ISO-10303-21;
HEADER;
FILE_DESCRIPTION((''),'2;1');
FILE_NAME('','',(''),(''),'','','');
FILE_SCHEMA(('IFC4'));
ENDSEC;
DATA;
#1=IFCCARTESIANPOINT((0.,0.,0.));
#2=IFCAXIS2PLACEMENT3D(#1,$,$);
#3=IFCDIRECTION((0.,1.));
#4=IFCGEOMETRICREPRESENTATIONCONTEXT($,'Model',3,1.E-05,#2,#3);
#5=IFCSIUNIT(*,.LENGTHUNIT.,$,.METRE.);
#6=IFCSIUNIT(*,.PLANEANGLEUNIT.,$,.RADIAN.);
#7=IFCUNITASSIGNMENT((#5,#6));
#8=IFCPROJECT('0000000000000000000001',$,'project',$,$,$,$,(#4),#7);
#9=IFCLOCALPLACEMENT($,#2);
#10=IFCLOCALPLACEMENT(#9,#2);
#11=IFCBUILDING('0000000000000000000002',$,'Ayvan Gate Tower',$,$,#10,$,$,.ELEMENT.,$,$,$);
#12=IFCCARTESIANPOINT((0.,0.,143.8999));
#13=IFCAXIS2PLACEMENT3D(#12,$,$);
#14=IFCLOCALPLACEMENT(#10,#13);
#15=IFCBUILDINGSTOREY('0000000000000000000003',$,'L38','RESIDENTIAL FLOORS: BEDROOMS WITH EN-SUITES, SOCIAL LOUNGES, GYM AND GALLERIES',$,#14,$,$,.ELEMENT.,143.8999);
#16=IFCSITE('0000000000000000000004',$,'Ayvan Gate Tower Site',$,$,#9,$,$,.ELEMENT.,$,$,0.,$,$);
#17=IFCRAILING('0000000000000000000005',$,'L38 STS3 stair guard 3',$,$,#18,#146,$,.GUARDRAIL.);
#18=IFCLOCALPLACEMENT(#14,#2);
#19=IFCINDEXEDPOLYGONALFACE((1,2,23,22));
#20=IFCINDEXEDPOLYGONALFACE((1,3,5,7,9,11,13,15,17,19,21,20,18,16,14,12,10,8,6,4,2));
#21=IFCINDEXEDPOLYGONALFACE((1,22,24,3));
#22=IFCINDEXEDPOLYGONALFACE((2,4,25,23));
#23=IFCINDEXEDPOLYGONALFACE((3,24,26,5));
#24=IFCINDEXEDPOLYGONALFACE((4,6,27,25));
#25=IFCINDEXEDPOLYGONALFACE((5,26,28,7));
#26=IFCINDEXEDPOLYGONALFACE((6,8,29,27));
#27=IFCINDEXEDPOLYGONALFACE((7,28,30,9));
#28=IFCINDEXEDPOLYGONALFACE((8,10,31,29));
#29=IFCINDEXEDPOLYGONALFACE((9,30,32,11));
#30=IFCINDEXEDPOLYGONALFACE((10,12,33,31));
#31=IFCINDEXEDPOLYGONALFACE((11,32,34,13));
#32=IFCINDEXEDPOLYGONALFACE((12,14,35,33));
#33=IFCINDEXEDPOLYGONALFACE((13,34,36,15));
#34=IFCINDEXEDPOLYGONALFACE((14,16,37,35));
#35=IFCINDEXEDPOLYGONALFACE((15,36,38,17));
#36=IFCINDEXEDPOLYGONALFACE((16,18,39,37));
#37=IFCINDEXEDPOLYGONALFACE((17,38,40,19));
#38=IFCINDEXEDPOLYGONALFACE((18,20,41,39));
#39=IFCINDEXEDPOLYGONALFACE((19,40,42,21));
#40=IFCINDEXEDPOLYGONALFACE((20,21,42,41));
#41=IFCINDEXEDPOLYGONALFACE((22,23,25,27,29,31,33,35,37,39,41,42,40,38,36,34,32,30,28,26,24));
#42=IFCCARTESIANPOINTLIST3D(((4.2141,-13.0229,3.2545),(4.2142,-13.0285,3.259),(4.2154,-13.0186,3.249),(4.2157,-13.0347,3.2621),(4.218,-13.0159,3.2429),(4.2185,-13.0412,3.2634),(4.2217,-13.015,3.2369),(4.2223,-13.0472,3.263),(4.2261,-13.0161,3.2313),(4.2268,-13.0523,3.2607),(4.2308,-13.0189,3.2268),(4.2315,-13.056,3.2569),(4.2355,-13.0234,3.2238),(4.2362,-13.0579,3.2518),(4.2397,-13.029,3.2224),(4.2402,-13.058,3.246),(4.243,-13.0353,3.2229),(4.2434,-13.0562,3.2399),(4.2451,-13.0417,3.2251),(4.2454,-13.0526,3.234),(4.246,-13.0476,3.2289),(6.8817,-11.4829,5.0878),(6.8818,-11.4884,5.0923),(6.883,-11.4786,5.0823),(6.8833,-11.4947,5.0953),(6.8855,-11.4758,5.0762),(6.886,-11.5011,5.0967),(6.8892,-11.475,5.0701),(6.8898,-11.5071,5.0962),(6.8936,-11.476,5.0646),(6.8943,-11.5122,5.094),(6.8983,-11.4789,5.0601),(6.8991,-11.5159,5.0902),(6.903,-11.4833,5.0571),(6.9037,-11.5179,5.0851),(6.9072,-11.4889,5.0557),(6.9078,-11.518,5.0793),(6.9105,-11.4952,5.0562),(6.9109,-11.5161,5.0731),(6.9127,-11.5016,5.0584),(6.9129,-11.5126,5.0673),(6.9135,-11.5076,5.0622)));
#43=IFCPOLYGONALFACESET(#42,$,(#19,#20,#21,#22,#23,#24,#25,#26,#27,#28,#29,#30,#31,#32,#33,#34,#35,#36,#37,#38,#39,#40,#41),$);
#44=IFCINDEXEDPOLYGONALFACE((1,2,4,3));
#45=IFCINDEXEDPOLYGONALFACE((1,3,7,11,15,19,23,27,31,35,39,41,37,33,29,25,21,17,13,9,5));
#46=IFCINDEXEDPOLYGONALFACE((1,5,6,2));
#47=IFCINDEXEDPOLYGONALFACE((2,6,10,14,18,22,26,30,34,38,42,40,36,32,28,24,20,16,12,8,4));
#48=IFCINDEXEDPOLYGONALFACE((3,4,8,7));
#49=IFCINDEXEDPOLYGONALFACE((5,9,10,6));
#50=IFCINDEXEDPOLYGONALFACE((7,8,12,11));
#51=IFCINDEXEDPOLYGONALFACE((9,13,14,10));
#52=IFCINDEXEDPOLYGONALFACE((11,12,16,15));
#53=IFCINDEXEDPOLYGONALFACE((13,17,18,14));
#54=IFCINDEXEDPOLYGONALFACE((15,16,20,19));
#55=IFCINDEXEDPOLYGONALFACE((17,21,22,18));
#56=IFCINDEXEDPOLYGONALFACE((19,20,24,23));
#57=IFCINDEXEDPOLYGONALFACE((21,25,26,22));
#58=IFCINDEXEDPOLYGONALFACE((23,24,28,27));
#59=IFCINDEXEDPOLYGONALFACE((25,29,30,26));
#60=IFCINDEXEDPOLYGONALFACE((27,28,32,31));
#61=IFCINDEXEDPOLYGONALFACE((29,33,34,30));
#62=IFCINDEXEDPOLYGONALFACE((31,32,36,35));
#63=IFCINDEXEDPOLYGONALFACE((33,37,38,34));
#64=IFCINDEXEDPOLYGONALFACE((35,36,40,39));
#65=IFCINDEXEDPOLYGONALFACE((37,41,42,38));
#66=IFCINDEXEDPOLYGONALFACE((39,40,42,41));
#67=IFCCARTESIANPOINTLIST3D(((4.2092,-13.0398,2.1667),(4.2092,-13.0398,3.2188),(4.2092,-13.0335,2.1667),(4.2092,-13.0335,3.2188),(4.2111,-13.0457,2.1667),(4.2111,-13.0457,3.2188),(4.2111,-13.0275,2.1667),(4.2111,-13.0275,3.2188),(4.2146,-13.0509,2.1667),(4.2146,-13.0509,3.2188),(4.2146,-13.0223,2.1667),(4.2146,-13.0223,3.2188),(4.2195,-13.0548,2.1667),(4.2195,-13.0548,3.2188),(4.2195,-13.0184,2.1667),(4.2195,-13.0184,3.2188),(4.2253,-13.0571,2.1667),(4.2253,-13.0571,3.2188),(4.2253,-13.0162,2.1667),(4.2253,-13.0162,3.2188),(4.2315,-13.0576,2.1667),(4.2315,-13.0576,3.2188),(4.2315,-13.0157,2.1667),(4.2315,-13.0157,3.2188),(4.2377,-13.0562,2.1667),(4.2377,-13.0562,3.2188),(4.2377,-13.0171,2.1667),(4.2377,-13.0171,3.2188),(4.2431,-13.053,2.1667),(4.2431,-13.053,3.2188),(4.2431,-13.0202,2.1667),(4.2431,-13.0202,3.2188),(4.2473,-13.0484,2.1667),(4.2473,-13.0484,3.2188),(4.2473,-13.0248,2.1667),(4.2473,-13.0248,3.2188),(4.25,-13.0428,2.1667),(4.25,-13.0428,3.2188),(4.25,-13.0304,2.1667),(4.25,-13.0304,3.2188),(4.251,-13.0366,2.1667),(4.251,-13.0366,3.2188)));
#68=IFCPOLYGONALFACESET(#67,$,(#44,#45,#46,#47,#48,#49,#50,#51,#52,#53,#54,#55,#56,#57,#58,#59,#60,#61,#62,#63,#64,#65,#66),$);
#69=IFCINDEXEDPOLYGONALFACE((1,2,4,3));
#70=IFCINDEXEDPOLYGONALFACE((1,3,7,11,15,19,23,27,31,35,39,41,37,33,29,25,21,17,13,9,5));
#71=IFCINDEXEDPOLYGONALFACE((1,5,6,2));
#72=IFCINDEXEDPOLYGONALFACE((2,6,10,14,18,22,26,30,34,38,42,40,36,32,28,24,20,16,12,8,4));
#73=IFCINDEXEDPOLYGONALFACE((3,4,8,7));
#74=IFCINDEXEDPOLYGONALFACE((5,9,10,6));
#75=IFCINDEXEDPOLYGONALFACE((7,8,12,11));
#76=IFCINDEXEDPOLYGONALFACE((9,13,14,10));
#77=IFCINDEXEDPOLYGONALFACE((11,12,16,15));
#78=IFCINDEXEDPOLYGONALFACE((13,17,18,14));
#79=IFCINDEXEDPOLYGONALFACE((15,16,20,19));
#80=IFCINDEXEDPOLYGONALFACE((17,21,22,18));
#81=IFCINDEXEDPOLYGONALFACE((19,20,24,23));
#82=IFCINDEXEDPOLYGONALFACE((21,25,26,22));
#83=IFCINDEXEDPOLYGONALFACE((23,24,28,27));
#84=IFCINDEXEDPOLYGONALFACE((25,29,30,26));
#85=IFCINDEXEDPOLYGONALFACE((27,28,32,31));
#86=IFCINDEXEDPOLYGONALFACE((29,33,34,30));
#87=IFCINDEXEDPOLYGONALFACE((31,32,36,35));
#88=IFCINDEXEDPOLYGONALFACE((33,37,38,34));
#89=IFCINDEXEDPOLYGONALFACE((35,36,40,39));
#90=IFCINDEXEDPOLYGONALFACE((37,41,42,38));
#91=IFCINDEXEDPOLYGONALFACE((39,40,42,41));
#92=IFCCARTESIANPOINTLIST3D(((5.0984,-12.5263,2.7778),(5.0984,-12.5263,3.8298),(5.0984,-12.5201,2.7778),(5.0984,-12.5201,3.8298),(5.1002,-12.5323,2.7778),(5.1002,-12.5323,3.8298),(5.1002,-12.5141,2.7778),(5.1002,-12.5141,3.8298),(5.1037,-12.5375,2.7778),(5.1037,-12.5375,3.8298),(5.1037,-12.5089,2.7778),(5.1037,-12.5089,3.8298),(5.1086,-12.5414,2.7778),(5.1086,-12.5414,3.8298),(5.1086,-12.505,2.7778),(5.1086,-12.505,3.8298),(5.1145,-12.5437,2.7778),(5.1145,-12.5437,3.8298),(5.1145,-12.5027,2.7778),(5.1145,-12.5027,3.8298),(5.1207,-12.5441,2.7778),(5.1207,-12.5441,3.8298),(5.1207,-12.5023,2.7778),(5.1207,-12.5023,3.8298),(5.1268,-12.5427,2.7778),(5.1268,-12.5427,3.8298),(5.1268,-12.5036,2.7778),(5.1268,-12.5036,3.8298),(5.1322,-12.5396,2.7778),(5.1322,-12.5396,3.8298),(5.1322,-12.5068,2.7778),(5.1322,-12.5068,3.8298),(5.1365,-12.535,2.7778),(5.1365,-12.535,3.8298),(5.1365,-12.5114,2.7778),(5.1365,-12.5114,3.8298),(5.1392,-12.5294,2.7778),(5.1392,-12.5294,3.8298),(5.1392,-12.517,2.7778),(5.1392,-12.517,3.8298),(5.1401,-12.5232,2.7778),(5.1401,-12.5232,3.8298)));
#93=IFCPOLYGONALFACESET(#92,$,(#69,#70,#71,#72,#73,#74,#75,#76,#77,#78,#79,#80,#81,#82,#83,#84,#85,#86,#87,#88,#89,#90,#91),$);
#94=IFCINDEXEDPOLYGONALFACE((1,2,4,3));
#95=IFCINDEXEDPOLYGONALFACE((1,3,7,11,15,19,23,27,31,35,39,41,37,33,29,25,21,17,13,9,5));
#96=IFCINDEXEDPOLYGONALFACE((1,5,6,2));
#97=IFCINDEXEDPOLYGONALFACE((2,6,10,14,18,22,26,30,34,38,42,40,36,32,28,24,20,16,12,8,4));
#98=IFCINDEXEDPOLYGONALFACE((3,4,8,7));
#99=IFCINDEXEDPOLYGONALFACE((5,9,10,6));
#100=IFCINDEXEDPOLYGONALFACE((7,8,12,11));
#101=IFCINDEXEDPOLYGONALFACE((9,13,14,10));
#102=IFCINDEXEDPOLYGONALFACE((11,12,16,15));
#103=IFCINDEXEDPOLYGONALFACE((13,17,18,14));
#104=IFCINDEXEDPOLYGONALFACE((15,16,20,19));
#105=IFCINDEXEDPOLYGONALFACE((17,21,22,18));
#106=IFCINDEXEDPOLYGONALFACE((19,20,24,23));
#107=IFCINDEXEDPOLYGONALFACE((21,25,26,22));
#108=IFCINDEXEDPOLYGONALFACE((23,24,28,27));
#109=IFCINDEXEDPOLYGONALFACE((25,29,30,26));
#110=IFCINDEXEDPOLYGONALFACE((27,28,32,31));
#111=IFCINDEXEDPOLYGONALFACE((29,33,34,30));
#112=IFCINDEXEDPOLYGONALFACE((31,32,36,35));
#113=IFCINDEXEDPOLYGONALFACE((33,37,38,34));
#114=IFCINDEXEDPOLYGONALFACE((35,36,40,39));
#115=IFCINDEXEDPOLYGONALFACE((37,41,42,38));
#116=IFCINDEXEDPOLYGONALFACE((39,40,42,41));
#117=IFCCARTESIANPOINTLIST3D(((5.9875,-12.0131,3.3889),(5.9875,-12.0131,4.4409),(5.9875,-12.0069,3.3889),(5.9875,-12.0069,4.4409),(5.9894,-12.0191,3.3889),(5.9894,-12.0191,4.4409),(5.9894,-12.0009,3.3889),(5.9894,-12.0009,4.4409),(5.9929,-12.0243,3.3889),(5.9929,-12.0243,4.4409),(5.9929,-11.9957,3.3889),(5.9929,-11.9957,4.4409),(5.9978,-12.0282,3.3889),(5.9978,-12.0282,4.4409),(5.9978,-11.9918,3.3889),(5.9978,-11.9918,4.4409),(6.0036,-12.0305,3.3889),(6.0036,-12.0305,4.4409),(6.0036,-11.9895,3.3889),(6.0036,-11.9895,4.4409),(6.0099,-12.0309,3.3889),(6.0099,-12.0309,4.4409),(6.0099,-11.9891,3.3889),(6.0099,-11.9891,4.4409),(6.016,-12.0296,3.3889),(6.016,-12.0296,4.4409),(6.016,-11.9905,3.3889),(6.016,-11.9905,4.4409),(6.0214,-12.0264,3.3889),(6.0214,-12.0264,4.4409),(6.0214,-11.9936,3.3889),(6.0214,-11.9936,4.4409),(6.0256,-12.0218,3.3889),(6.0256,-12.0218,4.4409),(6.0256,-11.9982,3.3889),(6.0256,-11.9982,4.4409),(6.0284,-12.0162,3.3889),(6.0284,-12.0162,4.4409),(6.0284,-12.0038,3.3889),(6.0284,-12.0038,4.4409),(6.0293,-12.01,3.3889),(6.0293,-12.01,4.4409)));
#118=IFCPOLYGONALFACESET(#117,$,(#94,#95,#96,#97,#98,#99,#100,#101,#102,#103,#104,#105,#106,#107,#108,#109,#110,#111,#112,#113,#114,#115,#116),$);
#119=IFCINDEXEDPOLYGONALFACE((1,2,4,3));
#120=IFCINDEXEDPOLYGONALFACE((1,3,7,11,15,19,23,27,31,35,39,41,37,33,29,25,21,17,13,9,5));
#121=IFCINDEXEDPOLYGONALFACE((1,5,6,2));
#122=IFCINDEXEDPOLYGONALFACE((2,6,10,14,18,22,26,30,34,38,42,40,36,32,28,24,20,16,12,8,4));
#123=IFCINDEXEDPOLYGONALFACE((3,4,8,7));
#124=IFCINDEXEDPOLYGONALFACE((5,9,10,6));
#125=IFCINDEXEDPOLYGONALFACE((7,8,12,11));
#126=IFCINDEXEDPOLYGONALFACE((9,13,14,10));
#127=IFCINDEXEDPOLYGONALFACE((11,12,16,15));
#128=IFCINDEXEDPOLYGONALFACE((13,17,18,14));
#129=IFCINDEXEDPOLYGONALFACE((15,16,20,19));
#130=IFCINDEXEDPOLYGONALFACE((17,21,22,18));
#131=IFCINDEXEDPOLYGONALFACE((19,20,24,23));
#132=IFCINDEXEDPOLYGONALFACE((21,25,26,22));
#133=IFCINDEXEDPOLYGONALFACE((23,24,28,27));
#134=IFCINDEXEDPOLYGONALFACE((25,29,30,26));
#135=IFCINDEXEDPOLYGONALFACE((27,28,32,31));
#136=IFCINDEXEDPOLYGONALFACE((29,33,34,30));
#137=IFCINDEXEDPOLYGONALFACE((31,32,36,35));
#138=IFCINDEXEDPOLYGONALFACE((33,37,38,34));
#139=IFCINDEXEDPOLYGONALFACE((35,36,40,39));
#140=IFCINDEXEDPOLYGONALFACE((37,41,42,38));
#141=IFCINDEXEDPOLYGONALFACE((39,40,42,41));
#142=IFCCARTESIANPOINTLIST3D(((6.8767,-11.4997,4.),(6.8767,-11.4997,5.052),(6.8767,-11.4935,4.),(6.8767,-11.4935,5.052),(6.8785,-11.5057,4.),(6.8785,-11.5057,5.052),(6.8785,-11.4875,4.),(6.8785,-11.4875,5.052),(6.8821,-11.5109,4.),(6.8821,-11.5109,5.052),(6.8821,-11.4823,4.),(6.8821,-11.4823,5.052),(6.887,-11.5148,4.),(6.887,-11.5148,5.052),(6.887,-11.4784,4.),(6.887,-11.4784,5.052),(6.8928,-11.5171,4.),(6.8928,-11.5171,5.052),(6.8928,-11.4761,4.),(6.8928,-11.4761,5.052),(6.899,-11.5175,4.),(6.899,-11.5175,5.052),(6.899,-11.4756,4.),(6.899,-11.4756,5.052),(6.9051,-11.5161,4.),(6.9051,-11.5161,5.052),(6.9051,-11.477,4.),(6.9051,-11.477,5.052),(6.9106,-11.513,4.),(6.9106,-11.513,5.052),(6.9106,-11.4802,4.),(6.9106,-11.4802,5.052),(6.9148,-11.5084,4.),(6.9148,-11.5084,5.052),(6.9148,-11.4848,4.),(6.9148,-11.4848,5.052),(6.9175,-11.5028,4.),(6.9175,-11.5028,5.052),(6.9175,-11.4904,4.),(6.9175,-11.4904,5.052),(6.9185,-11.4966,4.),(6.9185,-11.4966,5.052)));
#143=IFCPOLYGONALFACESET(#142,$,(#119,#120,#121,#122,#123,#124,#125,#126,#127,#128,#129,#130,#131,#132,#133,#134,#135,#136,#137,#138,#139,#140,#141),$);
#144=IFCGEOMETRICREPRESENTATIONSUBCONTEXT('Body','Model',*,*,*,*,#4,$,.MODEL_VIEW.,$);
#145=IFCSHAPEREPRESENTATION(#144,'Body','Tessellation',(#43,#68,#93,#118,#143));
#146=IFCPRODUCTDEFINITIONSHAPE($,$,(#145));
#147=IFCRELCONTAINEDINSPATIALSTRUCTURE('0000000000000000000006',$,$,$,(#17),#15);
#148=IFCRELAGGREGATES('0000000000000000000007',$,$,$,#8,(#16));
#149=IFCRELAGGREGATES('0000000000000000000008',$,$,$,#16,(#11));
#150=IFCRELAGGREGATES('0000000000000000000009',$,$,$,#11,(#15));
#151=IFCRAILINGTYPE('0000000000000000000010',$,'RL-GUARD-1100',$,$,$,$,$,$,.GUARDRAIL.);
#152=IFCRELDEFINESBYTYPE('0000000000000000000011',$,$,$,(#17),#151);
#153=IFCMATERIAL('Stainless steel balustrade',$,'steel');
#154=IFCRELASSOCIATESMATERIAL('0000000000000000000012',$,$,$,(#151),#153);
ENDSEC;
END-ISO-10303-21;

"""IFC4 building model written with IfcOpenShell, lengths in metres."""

from ifc_helpers import new_model, si_unit, direction, frame, origin, origin_2d, place, context, subcontext, project, spatial, circle, extrude, material, type_object, element, save


model = new_model("IFC4")

# Units and contexts
model_context = context("Model", 3, precision=1e-05, world=origin(), true_north=direction((0.0, 1.0)))
body_context = subcontext(model_context, "Body", "Model", "MODEL_VIEW")
ifc_project = project(units=[si_unit("LENGTHUNIT", "METRE"), si_unit("PLANEANGLEUNIT", "RADIAN")], contexts=[model_context])

# Site, building, storey
site_placement = place(None, origin())
site = spatial("IfcSite", under=ifc_project, at=site_placement, Name="Ayvan Gate Tower Site", CompositionType="ELEMENT", RefElevation=0.0)
building_placement = place(site_placement, origin())
building = spatial("IfcBuilding", under=site, at=building_placement, Name="Ayvan Gate Tower", CompositionType="ELEMENT")
storey_placement = place(building_placement, frame((0.0, 0.0, 143.8999)))
storey = spatial("IfcBuildingStorey", under=building, at=storey_placement, Name="L38", Description="RESIDENTIAL FLOORS: BEDROOMS WITH EN-SUITES, SOCIAL LOUNGES, GYM AND GALLERIES", CompositionType="ELEMENT", Elevation=143.8999)

# Railing
ifc_material_1 = material(Name="Stainless steel balustrade", Category="steel")
railing_type_1 = type_object("IfcRailingType", Name="RL-GUARD-1100", PredefinedType="GUARDRAIL", material=ifc_material_1)
railing_1_placement = place(storey_placement, frame((4.23, -13.0366, 2.1667)))
element("IfcRailing", 1, at=railing_1_placement, inside=storey, type_object=railing_type_1, Name="L38 STS3 stair guard 3", PredefinedType="GUARDRAIL", context=body_context, shape_type="SweptSolid", body=[
    extrude(circle(Radius=0.0239, at=origin_2d()), frame((0.0, 0.0, 1.0762), z_axis=(0.74419, 0.429649, 0.511452), x_axis=(-0.499992, 0.86603, 0.0)), (0.0, 0.0, 1.0), 3.5845),
    extrude(circle(Radius=0.021, at=origin_2d()), origin(), (0.0, 0.0, 1.0), 1.052),
    extrude(circle(Radius=0.021, at=origin_2d()), frame((0.8892, 0.5134, 0.6111)), (0.0, 0.0, 1.0), 1.052),
    extrude(circle(Radius=0.021, at=origin_2d()), frame((1.7783, 1.0266, 1.2222)), (0.0, 0.0, 1.0), 1.052),
    extrude(circle(Radius=0.021, at=origin_2d()), frame((2.6675, 1.54, 1.8333)), (0.0, 0.0, 1.0), 1.052),
])

save(model, "model.ifc")
